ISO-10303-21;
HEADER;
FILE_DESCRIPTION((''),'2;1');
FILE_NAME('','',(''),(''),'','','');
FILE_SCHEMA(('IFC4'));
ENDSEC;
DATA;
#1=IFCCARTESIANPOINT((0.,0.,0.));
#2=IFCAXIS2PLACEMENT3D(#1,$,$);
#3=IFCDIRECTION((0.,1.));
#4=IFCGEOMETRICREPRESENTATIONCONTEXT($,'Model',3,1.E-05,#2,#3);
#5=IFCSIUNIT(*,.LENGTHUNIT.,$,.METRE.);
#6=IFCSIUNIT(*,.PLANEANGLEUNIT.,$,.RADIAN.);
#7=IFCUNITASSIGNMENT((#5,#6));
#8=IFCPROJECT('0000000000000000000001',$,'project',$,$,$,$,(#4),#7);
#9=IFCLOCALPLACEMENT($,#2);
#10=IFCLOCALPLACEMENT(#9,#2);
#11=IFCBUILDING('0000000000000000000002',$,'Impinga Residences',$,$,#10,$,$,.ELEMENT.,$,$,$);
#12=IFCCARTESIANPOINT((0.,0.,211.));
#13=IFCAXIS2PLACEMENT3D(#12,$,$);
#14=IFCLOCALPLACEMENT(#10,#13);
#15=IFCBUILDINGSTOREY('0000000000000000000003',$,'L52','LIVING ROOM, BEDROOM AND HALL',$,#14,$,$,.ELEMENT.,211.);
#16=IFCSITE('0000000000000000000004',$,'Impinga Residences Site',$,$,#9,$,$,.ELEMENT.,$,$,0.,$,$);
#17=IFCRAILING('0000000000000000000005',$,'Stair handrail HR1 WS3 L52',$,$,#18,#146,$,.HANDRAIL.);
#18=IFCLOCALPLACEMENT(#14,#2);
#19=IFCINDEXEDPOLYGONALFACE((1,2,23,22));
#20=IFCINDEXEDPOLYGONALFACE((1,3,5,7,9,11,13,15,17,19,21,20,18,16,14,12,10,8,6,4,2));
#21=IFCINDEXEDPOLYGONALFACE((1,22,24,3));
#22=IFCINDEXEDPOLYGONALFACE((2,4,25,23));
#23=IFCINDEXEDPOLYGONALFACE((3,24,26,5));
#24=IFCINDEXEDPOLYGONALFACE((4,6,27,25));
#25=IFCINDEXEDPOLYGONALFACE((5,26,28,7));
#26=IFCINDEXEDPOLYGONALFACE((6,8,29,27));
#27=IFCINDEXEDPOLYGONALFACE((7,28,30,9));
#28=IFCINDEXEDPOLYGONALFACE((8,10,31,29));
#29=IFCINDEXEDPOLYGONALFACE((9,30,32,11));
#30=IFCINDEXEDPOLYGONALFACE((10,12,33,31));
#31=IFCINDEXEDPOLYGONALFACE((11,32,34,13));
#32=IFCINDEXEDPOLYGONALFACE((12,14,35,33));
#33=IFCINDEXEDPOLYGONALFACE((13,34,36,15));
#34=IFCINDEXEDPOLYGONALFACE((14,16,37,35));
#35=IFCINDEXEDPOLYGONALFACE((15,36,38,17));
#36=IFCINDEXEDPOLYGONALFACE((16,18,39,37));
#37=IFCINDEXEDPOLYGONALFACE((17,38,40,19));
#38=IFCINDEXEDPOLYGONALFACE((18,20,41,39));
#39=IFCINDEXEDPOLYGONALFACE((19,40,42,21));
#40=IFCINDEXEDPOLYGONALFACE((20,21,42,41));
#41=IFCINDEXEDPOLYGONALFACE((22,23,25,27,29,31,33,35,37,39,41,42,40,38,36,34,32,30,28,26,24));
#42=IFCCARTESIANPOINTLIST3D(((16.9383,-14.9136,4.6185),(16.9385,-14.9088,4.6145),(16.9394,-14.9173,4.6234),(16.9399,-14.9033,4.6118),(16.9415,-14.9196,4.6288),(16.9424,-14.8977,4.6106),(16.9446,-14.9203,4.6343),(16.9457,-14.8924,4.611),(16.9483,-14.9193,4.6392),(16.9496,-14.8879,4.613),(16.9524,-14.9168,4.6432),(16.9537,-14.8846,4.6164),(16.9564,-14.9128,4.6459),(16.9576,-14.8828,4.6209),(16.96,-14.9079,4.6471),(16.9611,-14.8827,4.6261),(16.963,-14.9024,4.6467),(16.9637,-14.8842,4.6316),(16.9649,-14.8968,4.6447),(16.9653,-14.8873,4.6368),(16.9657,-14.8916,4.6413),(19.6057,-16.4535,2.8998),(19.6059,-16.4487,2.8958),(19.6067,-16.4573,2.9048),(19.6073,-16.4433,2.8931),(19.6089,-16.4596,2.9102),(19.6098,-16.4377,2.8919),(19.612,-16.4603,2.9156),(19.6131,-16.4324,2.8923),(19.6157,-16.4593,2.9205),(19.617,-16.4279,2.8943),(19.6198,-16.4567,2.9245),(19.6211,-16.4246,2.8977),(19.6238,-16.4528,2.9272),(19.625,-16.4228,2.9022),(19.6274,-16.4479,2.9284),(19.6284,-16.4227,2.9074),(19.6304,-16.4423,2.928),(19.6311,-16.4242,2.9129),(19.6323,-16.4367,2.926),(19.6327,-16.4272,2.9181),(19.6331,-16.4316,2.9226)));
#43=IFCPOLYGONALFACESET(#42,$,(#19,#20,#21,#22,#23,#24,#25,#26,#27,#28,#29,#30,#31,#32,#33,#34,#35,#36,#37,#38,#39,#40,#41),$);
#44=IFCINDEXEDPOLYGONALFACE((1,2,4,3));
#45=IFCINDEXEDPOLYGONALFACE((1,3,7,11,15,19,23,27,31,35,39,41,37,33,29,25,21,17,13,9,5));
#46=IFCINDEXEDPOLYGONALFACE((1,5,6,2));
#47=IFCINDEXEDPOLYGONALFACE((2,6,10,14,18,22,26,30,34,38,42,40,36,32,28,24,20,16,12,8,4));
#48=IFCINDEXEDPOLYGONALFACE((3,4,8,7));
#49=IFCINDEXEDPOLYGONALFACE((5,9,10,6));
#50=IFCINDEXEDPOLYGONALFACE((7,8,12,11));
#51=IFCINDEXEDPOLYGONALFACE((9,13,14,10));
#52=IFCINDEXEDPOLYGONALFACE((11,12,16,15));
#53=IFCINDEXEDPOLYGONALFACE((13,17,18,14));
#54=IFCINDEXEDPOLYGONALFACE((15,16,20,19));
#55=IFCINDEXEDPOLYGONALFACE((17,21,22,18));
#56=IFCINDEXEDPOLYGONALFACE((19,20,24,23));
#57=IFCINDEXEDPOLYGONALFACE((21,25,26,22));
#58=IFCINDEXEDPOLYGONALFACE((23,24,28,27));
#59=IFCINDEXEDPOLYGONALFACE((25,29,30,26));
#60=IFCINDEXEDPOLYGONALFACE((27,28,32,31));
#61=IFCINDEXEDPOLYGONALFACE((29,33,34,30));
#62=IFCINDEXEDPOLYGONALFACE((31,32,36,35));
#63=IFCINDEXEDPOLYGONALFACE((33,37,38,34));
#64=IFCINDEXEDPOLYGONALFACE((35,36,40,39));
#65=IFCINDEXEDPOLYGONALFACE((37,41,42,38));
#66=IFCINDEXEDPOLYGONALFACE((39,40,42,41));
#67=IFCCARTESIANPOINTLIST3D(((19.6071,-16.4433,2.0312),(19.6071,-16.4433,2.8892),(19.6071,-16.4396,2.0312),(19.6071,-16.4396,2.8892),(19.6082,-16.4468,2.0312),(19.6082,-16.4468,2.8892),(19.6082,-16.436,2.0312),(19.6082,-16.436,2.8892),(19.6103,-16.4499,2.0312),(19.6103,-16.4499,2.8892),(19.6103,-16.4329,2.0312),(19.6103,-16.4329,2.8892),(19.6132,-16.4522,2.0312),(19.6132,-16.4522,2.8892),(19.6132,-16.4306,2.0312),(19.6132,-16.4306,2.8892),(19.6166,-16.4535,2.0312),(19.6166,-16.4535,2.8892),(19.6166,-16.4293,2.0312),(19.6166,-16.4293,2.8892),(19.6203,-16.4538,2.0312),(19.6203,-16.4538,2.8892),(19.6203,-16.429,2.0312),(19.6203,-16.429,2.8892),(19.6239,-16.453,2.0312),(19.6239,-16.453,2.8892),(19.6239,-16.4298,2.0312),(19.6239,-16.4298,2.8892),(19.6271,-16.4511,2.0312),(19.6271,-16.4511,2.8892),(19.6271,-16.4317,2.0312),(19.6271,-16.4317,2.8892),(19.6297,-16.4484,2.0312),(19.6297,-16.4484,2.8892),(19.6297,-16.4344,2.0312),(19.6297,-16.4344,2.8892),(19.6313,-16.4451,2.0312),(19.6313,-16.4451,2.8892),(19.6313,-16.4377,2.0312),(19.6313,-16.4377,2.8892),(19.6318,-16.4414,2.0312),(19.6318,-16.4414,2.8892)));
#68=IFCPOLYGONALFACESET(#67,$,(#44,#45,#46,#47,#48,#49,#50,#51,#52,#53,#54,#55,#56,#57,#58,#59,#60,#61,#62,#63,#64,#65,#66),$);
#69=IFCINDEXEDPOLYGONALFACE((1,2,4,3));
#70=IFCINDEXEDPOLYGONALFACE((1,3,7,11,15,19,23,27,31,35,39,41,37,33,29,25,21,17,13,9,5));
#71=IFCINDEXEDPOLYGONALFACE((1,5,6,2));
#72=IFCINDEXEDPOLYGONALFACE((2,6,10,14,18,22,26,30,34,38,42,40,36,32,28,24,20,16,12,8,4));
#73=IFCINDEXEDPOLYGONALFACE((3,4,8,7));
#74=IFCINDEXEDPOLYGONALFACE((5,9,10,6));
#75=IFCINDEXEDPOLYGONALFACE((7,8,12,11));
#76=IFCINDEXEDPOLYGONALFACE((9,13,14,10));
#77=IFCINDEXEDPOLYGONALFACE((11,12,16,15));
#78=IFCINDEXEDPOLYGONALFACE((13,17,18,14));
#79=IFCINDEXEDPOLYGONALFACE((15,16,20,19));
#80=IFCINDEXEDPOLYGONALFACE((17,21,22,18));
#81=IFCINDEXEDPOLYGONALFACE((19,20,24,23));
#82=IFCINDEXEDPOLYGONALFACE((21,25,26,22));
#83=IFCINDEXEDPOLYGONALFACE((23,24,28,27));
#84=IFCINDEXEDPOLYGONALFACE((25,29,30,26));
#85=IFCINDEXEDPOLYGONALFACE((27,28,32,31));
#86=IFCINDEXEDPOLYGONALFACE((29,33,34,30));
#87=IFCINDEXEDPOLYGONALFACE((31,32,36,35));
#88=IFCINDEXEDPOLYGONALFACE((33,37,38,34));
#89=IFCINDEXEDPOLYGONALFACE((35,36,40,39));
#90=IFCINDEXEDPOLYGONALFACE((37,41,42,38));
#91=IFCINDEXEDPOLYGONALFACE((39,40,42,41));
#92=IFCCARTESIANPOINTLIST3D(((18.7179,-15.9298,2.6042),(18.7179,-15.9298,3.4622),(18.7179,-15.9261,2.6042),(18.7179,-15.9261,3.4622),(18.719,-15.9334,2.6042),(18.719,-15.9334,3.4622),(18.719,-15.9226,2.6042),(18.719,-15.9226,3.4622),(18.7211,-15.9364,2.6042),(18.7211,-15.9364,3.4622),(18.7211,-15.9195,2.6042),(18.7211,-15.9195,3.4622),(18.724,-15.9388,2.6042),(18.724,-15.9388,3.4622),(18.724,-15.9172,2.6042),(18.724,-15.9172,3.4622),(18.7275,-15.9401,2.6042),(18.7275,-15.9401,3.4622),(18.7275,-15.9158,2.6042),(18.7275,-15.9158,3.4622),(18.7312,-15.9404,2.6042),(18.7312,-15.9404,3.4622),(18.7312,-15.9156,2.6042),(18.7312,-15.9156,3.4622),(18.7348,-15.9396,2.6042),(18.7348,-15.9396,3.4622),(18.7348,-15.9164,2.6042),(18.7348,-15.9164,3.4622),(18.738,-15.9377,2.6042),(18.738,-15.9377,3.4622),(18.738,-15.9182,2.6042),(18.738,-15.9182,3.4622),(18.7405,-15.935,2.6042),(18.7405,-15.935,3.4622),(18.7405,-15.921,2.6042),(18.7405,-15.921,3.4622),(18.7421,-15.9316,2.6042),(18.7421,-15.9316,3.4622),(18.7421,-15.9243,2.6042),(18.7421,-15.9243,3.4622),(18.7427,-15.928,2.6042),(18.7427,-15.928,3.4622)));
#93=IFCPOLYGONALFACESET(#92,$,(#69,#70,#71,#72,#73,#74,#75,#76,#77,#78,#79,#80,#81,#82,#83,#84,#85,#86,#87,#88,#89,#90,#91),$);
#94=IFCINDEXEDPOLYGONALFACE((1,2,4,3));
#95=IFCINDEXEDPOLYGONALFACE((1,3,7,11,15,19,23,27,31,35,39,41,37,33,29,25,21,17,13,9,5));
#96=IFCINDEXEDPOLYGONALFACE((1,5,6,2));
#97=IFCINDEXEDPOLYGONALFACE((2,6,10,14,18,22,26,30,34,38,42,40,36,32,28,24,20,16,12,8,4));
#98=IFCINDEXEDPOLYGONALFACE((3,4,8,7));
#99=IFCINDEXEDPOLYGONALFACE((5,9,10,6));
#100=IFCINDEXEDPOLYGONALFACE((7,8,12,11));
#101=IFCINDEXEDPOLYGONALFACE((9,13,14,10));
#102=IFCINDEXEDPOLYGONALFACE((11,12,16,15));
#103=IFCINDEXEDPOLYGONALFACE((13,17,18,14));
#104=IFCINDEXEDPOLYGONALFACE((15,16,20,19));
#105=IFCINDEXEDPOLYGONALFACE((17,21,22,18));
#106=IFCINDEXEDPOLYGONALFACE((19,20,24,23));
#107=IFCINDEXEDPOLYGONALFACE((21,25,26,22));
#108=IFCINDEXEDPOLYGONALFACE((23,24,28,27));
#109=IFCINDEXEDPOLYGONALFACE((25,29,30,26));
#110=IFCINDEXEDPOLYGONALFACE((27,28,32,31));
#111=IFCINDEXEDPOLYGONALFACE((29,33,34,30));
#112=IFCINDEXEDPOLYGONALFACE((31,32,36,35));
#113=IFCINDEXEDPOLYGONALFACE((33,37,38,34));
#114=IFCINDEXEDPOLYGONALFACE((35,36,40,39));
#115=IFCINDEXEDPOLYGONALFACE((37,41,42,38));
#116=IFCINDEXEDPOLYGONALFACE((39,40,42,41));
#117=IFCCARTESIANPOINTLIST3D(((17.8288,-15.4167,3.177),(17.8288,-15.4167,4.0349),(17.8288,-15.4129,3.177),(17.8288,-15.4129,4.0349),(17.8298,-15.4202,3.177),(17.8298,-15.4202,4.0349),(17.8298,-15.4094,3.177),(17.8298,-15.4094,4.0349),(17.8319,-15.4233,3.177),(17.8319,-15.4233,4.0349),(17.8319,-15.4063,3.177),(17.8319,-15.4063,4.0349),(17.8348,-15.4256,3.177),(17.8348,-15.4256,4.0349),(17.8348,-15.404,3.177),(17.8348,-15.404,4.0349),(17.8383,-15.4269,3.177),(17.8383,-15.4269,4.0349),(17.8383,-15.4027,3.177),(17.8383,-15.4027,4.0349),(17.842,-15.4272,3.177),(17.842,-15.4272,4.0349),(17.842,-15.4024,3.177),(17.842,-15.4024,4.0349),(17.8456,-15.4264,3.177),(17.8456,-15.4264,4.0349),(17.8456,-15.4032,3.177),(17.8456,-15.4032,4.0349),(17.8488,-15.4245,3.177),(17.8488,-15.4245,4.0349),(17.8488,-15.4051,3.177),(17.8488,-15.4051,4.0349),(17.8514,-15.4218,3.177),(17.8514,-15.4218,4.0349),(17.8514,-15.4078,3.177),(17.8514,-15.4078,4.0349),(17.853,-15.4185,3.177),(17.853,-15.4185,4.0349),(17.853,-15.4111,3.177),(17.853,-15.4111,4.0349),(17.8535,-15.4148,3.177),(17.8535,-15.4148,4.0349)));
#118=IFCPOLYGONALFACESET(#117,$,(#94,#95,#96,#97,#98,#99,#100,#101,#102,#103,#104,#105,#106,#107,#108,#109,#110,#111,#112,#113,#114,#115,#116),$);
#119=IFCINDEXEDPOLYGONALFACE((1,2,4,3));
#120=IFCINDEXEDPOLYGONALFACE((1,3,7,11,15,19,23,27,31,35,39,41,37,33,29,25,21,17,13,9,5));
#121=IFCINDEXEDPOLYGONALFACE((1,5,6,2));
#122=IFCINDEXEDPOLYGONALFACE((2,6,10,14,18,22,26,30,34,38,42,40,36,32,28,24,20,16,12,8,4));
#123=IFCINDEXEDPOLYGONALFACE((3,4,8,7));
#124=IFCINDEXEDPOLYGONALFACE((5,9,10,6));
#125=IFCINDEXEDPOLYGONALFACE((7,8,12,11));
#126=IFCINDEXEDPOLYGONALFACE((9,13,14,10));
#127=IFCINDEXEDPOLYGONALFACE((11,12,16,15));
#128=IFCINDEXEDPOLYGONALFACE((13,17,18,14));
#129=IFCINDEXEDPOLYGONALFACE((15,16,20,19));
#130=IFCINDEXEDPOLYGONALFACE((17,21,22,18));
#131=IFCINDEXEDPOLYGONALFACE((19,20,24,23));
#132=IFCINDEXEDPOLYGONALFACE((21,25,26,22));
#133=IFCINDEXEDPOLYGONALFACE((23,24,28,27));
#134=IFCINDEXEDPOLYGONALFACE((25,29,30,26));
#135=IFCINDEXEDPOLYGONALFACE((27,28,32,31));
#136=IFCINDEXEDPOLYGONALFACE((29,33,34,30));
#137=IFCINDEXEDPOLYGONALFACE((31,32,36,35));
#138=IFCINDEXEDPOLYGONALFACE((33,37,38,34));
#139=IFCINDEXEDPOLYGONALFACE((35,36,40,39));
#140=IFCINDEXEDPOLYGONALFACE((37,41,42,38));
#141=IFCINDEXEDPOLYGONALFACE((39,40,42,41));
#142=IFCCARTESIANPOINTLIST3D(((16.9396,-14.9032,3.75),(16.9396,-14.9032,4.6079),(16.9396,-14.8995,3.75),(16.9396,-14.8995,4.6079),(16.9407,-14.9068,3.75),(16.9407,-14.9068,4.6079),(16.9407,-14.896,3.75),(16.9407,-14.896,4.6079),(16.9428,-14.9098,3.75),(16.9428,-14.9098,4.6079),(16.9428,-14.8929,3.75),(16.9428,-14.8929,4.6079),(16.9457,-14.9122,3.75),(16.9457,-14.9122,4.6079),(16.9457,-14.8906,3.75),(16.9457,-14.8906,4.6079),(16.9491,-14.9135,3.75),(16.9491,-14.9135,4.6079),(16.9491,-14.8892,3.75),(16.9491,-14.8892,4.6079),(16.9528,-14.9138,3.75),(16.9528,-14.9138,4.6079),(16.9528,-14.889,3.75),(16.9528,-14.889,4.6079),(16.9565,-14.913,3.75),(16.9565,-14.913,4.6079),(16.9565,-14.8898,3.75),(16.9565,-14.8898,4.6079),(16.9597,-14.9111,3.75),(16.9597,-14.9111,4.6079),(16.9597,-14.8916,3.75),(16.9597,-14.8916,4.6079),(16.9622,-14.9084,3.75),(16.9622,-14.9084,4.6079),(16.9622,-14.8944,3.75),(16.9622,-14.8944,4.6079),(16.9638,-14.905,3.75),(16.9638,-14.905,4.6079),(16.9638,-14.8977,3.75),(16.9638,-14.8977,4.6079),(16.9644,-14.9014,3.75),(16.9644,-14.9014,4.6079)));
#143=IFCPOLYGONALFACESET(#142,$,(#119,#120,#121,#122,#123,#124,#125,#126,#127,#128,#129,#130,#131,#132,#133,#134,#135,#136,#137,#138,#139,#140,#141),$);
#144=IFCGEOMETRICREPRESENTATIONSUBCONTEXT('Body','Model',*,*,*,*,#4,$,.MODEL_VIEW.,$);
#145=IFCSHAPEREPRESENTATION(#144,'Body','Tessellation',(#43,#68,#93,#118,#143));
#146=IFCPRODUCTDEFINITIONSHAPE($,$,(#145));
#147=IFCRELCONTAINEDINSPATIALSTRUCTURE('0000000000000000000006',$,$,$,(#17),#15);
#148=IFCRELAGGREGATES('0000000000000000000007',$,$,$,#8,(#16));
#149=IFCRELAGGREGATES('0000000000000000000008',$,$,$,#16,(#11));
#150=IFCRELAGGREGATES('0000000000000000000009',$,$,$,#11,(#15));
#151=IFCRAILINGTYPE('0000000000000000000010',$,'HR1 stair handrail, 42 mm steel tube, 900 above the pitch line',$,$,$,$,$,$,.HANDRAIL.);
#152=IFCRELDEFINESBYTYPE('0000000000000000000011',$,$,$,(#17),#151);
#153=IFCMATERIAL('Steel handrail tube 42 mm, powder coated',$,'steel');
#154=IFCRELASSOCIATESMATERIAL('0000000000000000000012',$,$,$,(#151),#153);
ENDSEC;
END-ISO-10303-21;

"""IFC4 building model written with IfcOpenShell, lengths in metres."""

from ifc_helpers import new_model, si_unit, direction, frame, origin, origin_2d, place, context, subcontext, project, spatial, circle, extrude, material, type_object, element, save


model = new_model("IFC4")

# Units and contexts
model_context = context("Model", 3, precision=1e-05, world=origin(), true_north=direction((0.0, 1.0)))
body_context = subcontext(model_context, "Body", "Model", "MODEL_VIEW")
ifc_project = project(units=[si_unit("LENGTHUNIT", "METRE"), si_unit("PLANEANGLEUNIT", "RADIAN")], contexts=[model_context])

# Site, building, storey
site_placement = place(None, origin())
site = spatial("IfcSite", under=ifc_project, at=site_placement, Name="Impinga Residences Site", CompositionType="ELEMENT", RefElevation=0.0)
building_placement = place(site_placement, origin())
building = spatial("IfcBuilding", under=site, at=building_placement, Name="Impinga Residences", CompositionType="ELEMENT")
storey_placement = place(building_placement, frame((0.0, 0.0, 211.0)))
storey = spatial("IfcBuildingStorey", under=building, at=storey_placement, Name="L52", Description="LIVING ROOM, BEDROOM AND HALL", CompositionType="ELEMENT", Elevation=211.0)

# Railing
ifc_material_1 = material(Name="Steel handrail tube 42 mm, powder coated", Category="steel")
railing_type_1 = type_object("IfcRailingType", Name="HR1 stair handrail, 42 mm steel tube, 900 above the pitch line", PredefinedType="HANDRAIL", material=ifc_material_1)
railing_1_placement = place(storey_placement, frame((19.6194, -16.4414, 2.0312)))
element("IfcRailing", 1, at=railing_1_placement, inside=storey, type_object=railing_type_1, Name="Stair handrail HR1 WS3 L52", PredefinedType="HANDRAIL", context=body_context, shape_type="SweptSolid", body=[
    extrude(circle(Radius=0.021, at=origin_2d()), frame((0.0, 0.0, 0.8789), z_axis=(-0.756256, 0.436616, 0.487282), x_axis=(-0.499992, -0.86603, 0.0)), (0.0, 0.0, 1.0), 3.5271),
    extrude(circle(Radius=0.0125, at=origin_2d()), origin(), (0.0, 0.0, 1.0), 0.8579),
    extrude(circle(Radius=0.0125, at=origin_2d()), frame((-0.8892, 0.5134, 0.573)), (0.0, 0.0, 1.0), 0.8579),
    extrude(circle(Radius=0.0125, at=origin_2d()), frame((-1.7783, 1.0266, 1.1458)), (0.0, 0.0, 1.0), 0.8579),
    extrude(circle(Radius=0.0125, at=origin_2d()), frame((-2.6675, 1.54, 1.7188)), (0.0, 0.0, 1.0), 0.8579),
])

save(model, "model.ifc")
